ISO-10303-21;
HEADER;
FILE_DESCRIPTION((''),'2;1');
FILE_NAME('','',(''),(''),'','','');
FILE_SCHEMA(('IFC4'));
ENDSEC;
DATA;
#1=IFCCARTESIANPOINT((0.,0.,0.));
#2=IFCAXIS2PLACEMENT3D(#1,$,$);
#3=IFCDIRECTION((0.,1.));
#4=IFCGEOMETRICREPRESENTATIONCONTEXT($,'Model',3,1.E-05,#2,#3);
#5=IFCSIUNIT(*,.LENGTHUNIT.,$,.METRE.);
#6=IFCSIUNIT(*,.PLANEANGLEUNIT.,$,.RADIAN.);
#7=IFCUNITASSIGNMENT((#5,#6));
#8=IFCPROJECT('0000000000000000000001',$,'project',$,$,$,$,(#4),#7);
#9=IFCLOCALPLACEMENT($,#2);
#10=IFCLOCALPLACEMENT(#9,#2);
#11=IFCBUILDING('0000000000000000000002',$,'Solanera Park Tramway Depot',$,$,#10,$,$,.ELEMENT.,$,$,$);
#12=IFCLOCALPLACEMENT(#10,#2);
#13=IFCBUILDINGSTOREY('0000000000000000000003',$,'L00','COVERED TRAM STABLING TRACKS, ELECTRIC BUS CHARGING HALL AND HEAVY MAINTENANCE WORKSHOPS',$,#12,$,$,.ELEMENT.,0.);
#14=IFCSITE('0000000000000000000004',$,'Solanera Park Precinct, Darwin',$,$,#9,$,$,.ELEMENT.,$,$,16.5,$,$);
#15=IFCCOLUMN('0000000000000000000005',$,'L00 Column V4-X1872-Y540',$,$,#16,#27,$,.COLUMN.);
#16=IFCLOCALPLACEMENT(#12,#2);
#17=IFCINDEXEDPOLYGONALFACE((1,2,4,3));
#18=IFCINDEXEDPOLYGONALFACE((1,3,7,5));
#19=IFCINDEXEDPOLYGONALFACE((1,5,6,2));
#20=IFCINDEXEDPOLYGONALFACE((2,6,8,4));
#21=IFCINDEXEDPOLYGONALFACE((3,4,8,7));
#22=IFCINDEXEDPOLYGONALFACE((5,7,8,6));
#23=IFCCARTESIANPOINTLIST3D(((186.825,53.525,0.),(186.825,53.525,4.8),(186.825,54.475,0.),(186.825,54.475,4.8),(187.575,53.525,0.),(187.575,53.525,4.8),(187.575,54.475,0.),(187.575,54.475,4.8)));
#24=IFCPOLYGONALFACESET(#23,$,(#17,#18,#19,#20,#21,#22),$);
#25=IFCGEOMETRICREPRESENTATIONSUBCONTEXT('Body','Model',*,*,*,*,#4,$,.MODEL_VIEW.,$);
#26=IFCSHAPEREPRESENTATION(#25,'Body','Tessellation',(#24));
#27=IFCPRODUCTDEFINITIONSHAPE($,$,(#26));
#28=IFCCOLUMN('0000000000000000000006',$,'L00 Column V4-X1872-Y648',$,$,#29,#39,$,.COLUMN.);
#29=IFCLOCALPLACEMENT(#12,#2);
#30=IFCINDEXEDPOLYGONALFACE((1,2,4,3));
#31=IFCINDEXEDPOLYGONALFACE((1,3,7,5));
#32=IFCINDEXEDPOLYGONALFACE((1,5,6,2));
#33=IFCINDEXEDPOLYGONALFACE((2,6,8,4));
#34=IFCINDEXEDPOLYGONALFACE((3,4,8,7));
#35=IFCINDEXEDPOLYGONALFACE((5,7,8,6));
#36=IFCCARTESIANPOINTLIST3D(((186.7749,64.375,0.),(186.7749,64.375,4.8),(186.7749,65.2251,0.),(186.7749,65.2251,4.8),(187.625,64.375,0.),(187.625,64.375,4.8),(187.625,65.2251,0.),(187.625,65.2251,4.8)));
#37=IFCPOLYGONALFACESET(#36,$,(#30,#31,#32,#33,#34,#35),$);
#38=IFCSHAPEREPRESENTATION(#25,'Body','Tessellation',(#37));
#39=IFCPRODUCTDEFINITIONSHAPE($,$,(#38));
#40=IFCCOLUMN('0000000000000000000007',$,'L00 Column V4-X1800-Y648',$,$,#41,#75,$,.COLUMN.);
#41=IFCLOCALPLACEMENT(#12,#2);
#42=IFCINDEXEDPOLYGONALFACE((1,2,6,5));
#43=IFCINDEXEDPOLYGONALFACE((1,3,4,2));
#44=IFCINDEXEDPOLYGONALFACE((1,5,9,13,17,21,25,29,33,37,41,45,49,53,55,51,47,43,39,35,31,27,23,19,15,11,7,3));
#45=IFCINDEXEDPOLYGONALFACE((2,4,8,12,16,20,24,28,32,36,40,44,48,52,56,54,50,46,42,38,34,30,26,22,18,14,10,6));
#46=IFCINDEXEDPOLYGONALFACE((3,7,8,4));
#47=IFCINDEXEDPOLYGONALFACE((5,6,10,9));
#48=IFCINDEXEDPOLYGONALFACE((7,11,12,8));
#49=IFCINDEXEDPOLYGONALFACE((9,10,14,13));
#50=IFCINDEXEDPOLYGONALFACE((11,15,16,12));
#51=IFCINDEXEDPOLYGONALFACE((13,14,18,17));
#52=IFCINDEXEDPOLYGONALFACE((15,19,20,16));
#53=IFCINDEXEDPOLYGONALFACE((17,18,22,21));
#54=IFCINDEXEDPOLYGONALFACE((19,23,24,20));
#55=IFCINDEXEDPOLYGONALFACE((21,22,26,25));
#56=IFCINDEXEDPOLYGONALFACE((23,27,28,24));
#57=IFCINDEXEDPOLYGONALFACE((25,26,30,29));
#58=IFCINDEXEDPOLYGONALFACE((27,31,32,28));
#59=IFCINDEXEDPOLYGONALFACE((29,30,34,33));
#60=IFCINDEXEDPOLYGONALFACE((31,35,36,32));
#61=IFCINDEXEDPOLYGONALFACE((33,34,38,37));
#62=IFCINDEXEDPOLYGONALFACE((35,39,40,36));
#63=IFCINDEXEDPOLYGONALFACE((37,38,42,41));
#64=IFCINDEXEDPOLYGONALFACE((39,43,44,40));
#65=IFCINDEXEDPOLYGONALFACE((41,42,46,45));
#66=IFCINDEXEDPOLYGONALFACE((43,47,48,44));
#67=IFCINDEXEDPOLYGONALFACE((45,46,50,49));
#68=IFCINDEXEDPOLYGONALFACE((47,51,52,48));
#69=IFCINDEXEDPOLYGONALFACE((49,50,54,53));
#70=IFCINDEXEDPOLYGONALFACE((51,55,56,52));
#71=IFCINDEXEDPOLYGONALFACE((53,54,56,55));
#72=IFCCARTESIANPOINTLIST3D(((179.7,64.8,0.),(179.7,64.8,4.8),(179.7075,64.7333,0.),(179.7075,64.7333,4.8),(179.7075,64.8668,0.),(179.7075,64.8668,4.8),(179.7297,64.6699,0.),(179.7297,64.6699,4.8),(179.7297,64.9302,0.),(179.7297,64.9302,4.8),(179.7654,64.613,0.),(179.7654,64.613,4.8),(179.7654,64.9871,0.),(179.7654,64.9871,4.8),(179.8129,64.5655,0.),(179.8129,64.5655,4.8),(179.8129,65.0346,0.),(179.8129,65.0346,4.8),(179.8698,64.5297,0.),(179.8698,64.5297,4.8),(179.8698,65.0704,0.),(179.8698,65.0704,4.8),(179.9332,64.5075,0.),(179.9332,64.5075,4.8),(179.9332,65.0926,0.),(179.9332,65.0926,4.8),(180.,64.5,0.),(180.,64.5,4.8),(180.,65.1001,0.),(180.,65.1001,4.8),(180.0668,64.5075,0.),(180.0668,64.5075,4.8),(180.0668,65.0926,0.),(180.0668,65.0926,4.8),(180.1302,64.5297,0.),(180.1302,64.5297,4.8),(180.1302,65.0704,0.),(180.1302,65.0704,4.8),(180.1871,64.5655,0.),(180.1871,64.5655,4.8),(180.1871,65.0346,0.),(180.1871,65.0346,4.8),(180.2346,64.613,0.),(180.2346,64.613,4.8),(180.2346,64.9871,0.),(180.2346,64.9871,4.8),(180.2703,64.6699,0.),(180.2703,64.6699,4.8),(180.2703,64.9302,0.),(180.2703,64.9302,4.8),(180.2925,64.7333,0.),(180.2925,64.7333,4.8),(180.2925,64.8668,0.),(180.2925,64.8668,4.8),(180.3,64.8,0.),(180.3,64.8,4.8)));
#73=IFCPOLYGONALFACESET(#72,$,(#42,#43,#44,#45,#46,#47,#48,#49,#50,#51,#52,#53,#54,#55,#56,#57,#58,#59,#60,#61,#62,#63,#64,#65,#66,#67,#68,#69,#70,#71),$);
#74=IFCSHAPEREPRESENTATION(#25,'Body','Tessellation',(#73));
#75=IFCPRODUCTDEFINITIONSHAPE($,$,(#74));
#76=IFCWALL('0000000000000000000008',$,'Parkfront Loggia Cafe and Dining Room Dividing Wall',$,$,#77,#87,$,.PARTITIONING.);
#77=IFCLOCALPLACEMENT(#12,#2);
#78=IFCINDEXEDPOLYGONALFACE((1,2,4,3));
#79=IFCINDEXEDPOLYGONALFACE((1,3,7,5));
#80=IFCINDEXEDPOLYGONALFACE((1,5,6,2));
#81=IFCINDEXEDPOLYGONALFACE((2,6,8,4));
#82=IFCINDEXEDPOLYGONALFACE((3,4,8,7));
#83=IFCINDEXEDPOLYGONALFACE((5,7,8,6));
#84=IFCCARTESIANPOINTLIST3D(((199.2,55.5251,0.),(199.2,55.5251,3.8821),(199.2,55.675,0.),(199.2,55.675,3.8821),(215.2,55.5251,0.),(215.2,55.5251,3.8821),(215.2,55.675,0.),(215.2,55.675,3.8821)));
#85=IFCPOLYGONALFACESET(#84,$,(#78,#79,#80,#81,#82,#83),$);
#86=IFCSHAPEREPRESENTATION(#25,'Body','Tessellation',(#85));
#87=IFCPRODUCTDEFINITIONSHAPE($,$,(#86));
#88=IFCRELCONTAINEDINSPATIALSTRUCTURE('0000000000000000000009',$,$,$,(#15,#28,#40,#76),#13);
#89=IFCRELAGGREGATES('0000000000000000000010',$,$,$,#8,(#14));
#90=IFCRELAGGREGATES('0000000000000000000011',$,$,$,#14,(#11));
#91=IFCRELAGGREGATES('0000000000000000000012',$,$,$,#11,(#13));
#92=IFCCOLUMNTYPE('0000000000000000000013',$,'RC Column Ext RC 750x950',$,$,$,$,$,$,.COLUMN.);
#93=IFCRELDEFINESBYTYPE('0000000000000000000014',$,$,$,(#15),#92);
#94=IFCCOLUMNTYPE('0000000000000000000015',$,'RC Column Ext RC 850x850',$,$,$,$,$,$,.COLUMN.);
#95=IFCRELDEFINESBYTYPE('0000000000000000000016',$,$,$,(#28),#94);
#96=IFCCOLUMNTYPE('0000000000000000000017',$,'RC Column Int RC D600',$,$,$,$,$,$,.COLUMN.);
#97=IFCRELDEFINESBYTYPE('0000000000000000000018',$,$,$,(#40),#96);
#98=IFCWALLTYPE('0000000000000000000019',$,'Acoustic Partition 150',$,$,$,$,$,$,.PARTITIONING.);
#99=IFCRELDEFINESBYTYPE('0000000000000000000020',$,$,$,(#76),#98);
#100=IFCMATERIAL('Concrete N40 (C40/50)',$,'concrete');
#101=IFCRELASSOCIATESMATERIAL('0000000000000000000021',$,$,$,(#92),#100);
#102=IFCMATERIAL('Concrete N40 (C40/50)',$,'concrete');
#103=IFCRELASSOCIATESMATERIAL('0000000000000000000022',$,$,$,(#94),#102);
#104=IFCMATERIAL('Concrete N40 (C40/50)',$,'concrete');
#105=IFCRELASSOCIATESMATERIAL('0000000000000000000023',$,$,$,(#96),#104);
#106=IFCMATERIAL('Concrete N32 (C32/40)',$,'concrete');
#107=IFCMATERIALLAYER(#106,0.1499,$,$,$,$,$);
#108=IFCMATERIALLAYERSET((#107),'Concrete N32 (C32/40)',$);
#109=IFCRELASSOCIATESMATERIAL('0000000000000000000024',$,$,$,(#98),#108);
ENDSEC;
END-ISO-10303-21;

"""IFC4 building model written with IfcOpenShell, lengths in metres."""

from ifc_helpers import new_model, si_unit, direction, frame, frame_2d, origin, origin_2d, place, context, subcontext, project, spatial, rectangle, circle, extrude, material, layer, layer_set, material_profile, profile_set, type_object, element, save


model = new_model("IFC4")

# Units and contexts
model_context = context("Model", 3, precision=1e-05, world=origin(), true_north=direction((0.0, 1.0)))
body_context = subcontext(model_context, "Body", "Model", "MODEL_VIEW")
ifc_project = project(units=[si_unit("LENGTHUNIT", "METRE"), si_unit("PLANEANGLEUNIT", "RADIAN")], contexts=[model_context])

# Site, building, storey
site_placement = place(None, origin())
site = spatial("IfcSite", under=ifc_project, at=site_placement, Name="Solanera Park Precinct, Darwin", CompositionType="ELEMENT", RefElevation=16.5)
building_placement = place(site_placement, origin())
building = spatial("IfcBuilding", under=site, at=building_placement, Name="Solanera Park Tramway Depot", CompositionType="ELEMENT")
storey_placement = place(building_placement, origin())
storey = spatial("IfcBuildingStorey", under=building, at=storey_placement, Name="L00", Description="COVERED TRAM STABLING TRACKS, ELECTRIC BUS CHARGING HALL AND HEAVY MAINTENANCE WORKSHOPS", CompositionType="ELEMENT", Elevation=0.0)

# Columns
ifc_material_1 = material(Name="Concrete N40 (C40/50)", Category="concrete")
ifc_material_profile_1 = material_profile(ifc_material_1, rectangle(XDim=0.75, YDim=0.95, at=origin_2d()), Name="RC 750x950")
ifc_profile_set_1 = profile_set([ifc_material_profile_1], Name="Concrete N40 (C40/50)")
column_type_1 = type_object("IfcColumnType", Name="RC Column Ext RC 750x950", PredefinedType="COLUMN", material=ifc_profile_set_1)
column_1_placement = place(storey_placement, frame((187.2, 54.0, 0.0), z_axis=(0.0, 0.0, 1.0), x_axis=(1.0, 0.0, 0.0)))
element("IfcColumn", 1, at=column_1_placement, inside=storey, type_object=column_type_1, Name="L00 Column V4-X1872-Y540", PredefinedType="COLUMN", context=body_context, shape_type="SweptSolid", body=[
    extrude(rectangle(XDim=0.75, YDim=0.95, at=origin_2d()), origin(), (0.0, 0.0, 1.0), 4.8),
])
ifc_material_2 = material(Name="Concrete N40 (C40/50)", Category="concrete")
ifc_material_profile_2 = material_profile(ifc_material_2, rectangle(XDim=0.8501, YDim=0.8501, at=origin_2d()), Name="RC 850x850")
ifc_profile_set_2 = profile_set([ifc_material_profile_2], Name="Concrete N40 (C40/50)")
column_type_2 = type_object("IfcColumnType", Name="RC Column Ext RC 850x850", PredefinedType="COLUMN", material=ifc_profile_set_2)
column_2_placement = place(storey_placement, frame((187.2, 64.8, 0.0), z_axis=(0.0, 0.0, 1.0), x_axis=(1.0, 0.0, 0.0)))
element("IfcColumn", 2, at=column_2_placement, inside=storey, type_object=column_type_2, Name="L00 Column V4-X1872-Y648", PredefinedType="COLUMN", context=body_context, shape_type="SweptSolid", body=[
    extrude(rectangle(XDim=0.8501, YDim=0.8501, at=origin_2d()), origin(), (0.0, 0.0, 1.0), 4.8),
])
ifc_material_3 = material(Name="Concrete N40 (C40/50)", Category="concrete")
ifc_material_profile_3 = material_profile(ifc_material_3, circle(Radius=0.3, at=origin_2d()), Name="RC D600")
ifc_profile_set_3 = profile_set([ifc_material_profile_3], Name="Concrete N40 (C40/50)")
column_type_3 = type_object("IfcColumnType", Name="RC Column Int RC D600", PredefinedType="COLUMN", material=ifc_profile_set_3)
column_3_placement = place(storey_placement, frame((180.0, 64.8, 0.0), z_axis=(0.0, 0.0, 1.0), x_axis=(1.0, 0.0, 0.0)))
element("IfcColumn", 3, at=column_3_placement, inside=storey, type_object=column_type_3, Name="L00 Column V4-X1800-Y648", PredefinedType="COLUMN", context=body_context, shape_type="SweptSolid", body=[
    extrude(circle(Radius=0.3, at=origin_2d()), origin(), (0.0, 0.0, 1.0), 4.8),
])

# Wall
ifc_material_4 = material(Name="Concrete N32 (C32/40)", Category="concrete")
ifc_layer_1 = layer(ifc_material_4, 0.1499)
ifc_layer_set_1 = layer_set([ifc_layer_1], Name="Concrete N32 (C32/40)")
wall_type_1 = type_object("IfcWallType", Name="Acoustic Partition 150", PredefinedType="PARTITIONING", material=ifc_layer_set_1)
wall_1_placement = place(storey_placement, frame((199.2, 55.6001, 0.0), z_axis=(0.0, 0.0, 1.0), x_axis=(1.0, 0.0, 0.0)))
element("IfcWall", 4, at=wall_1_placement, inside=storey, type_object=wall_type_1, Name="Parkfront Loggia Cafe and Dining Room Dividing Wall", PredefinedType="PARTITIONING", context=body_context, shape_type="SweptSolid", body=[
    extrude(rectangle(XDim=16.0, YDim=0.1499, at=frame_2d((8.0, 0.0))), origin(), (0.0, 0.0, 1.0), 3.8821),
])

save(model, "model.ifc")
